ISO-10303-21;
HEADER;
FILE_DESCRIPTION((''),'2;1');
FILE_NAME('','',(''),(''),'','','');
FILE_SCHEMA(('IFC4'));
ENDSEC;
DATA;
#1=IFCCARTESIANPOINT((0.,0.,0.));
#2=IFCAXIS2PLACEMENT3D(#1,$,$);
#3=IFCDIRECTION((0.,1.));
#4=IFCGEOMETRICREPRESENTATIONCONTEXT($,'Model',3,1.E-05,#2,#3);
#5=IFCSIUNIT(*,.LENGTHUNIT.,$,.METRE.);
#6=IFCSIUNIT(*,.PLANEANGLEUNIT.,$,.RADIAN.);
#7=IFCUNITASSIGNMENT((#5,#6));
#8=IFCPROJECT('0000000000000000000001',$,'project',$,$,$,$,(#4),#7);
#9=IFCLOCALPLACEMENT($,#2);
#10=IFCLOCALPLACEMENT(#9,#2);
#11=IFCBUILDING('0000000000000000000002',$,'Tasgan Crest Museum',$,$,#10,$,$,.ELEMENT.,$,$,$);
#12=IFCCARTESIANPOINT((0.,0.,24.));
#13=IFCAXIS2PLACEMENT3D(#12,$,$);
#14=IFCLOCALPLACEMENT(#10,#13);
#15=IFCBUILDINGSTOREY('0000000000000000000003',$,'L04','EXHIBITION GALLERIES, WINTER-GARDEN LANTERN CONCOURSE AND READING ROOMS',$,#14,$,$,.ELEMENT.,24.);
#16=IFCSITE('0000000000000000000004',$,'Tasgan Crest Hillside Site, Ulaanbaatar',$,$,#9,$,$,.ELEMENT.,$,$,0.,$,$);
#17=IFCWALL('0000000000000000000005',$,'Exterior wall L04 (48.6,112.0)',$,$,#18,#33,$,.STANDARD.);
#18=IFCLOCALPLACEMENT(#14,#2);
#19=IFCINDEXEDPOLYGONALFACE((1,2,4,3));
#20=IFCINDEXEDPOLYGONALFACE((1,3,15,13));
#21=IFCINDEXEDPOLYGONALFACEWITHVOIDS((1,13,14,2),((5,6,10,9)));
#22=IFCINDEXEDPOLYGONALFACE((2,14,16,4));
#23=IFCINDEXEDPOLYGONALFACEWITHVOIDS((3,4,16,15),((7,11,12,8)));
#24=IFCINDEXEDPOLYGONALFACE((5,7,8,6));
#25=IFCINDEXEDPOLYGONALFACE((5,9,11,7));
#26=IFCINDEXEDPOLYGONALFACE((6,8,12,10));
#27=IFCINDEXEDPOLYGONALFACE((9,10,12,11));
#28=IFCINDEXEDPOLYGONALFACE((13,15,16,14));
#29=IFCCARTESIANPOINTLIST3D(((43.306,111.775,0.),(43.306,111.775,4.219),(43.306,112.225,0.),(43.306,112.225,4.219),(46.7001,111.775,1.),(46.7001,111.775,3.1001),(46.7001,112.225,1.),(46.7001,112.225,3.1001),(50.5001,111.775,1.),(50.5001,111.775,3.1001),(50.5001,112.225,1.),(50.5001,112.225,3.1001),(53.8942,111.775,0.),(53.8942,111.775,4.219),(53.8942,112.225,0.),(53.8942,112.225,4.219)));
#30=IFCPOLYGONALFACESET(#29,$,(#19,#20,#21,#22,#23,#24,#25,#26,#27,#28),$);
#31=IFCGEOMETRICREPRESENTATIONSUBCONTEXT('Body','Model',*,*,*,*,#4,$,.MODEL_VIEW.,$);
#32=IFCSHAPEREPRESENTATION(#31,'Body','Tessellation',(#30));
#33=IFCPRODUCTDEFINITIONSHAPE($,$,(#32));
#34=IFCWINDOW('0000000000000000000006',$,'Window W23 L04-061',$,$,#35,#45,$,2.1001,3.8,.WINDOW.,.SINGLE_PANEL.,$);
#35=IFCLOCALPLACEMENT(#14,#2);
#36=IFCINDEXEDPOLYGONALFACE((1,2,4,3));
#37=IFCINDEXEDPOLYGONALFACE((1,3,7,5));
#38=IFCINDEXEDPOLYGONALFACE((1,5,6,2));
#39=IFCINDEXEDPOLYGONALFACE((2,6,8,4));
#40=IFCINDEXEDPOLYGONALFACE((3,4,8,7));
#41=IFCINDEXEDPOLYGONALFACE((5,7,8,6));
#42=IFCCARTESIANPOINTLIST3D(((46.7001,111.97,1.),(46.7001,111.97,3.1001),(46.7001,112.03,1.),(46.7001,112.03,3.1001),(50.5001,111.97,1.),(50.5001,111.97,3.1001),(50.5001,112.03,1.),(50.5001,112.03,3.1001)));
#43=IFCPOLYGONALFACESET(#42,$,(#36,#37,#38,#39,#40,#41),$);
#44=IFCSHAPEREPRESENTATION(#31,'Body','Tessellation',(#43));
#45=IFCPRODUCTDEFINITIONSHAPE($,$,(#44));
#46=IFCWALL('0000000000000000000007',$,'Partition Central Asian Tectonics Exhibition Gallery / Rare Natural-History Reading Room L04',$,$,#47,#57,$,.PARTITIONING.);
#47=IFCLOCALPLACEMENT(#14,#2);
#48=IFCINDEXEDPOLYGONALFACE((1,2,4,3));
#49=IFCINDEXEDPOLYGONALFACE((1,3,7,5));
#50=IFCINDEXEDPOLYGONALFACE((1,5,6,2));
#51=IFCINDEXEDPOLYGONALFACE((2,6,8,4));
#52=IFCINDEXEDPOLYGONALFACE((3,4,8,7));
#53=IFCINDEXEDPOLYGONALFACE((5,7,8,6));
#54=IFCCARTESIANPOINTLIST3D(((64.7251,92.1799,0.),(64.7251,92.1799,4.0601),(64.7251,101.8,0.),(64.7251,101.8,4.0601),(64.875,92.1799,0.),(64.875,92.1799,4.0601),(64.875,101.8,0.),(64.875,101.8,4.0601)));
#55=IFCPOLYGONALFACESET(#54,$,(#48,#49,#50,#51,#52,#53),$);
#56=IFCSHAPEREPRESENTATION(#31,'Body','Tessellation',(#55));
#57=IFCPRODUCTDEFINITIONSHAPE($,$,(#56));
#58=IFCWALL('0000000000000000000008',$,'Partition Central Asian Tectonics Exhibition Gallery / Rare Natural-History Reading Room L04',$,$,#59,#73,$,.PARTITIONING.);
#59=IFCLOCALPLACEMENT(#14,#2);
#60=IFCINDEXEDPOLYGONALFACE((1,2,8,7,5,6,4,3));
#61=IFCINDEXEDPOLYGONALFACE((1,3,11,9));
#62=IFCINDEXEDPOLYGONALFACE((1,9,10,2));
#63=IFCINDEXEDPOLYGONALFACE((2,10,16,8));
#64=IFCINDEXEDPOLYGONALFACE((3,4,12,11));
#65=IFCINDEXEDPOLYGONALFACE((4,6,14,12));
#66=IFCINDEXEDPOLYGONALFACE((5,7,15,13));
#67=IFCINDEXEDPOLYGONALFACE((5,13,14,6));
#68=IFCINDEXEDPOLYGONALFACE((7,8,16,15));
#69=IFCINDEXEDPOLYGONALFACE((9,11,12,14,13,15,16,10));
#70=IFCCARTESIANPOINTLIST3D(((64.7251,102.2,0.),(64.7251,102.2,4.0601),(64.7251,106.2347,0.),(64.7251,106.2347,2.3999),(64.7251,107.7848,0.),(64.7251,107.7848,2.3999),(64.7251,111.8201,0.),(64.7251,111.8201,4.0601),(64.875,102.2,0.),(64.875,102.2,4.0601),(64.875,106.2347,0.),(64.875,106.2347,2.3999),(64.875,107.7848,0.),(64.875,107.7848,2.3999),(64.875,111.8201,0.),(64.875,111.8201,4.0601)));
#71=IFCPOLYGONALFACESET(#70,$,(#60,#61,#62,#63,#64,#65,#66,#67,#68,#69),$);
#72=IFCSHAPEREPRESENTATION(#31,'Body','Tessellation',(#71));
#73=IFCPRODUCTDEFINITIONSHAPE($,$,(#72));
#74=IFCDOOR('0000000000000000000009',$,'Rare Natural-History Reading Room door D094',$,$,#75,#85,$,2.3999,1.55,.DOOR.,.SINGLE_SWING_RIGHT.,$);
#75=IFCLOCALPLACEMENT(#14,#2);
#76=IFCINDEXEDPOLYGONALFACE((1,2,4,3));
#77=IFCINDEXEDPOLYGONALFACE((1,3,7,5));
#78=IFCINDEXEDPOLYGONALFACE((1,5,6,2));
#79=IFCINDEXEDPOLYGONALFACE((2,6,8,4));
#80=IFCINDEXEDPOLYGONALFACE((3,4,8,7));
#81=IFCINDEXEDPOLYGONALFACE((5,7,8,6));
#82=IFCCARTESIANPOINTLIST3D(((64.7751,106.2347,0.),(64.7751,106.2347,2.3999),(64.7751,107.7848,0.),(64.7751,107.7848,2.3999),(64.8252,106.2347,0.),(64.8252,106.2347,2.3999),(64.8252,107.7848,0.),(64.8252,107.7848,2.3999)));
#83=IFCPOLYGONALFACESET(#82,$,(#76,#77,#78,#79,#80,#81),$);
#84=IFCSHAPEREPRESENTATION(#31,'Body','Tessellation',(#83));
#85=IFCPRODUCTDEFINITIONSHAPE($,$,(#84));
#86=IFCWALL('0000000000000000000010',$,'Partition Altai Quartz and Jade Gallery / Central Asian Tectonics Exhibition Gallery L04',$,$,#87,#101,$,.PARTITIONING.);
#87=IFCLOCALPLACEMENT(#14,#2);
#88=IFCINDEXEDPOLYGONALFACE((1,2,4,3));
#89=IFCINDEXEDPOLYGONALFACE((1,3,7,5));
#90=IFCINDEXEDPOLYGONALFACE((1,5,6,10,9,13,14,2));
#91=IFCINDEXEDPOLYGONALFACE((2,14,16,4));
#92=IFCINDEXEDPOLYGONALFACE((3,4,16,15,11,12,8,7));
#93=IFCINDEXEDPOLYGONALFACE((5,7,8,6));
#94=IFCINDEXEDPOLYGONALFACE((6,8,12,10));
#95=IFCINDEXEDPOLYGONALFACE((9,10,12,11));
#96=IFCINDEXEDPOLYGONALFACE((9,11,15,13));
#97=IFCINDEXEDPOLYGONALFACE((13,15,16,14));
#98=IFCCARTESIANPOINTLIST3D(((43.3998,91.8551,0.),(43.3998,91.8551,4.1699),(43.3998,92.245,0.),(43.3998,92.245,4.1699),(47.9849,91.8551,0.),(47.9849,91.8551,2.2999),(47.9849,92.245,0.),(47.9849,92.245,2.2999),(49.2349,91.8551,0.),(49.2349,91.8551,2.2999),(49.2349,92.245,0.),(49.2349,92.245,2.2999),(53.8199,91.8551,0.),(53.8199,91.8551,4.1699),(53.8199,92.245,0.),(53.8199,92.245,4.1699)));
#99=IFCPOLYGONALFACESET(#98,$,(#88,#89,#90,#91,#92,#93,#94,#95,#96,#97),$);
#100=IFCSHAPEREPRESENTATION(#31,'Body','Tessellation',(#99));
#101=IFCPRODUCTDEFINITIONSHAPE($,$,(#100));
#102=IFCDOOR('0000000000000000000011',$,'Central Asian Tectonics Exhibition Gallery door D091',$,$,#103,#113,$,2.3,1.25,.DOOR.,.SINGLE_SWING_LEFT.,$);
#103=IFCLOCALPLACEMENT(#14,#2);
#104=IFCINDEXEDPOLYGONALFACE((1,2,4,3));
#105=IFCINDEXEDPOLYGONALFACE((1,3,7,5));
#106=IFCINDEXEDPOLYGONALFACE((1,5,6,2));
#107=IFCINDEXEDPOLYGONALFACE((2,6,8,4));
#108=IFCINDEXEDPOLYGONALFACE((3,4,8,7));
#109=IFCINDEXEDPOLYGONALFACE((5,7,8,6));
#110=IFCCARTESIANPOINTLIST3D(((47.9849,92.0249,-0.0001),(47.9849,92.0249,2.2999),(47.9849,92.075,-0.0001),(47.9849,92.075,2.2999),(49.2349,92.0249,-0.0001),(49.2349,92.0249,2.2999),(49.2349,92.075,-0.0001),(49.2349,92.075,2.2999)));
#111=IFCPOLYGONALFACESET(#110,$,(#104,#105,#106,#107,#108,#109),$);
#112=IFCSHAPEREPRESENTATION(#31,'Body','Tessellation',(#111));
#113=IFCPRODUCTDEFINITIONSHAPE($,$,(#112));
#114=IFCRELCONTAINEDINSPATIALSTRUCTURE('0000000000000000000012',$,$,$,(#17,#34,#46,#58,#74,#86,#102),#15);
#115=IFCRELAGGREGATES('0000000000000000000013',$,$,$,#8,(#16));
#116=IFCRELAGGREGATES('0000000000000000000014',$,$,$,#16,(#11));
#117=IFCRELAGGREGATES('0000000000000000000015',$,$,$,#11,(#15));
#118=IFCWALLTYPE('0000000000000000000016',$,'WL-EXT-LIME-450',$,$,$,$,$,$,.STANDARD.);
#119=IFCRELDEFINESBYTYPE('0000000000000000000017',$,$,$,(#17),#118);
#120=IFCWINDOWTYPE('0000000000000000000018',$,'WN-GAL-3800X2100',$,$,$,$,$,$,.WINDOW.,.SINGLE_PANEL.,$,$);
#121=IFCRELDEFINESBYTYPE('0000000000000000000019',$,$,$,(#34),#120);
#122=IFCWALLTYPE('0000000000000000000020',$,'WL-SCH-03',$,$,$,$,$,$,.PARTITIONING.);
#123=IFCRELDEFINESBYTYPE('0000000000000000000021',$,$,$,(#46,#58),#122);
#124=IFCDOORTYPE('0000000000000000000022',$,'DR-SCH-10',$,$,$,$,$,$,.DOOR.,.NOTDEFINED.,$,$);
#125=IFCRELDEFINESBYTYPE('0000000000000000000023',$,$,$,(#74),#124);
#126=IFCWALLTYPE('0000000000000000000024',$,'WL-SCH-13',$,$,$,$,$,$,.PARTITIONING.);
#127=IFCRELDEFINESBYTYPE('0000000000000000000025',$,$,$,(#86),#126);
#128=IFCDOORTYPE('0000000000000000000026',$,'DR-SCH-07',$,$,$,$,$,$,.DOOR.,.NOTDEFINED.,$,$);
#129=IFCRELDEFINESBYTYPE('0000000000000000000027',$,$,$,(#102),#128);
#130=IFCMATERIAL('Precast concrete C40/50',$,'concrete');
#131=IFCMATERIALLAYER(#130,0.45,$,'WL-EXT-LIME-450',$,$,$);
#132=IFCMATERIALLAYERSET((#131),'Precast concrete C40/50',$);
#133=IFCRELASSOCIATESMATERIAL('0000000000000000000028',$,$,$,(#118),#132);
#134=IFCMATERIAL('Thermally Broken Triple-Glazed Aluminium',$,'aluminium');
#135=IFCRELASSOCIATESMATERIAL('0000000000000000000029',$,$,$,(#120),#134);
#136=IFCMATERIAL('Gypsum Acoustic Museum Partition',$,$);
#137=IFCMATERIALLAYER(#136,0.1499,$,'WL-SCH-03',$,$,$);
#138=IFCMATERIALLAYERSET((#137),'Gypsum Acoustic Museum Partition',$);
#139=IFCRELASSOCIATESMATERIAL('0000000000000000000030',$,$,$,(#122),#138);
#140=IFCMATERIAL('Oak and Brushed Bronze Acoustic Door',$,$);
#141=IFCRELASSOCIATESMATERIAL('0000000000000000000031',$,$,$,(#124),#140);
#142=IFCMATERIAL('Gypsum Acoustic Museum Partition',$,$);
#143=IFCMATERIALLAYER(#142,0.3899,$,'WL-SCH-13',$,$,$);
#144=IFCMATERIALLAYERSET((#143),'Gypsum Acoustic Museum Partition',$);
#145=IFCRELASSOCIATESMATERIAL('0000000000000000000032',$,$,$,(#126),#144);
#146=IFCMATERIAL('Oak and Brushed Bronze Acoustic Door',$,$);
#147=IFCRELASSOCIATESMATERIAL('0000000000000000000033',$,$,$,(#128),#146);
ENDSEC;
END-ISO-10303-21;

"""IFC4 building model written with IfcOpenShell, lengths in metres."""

from ifc_helpers import new_model, si_unit, direction, frame, frame_2d, origin, place, context, subcontext, project, spatial, rectangle, extrude, material, layer, layer_set, type_object, element, fill, save


model = new_model("IFC4")

# Units and contexts
model_context = context("Model", 3, precision=1e-05, world=origin(), true_north=direction((0.0, 1.0)))
body_context = subcontext(model_context, "Body", "Model", "MODEL_VIEW")
ifc_project = project(units=[si_unit("LENGTHUNIT", "METRE"), si_unit("PLANEANGLEUNIT", "RADIAN")], contexts=[model_context])

# Site, building, storey
site_placement = place(None, origin())
site = spatial("IfcSite", under=ifc_project, at=site_placement, Name="Tasgan Crest Hillside Site, Ulaanbaatar", CompositionType="ELEMENT", RefElevation=0.0)
building_placement = place(site_placement, origin())
building = spatial("IfcBuilding", under=site, at=building_placement, Name="Tasgan Crest Museum", CompositionType="ELEMENT")
storey_placement = place(building_placement, frame((0.0, 0.0, 24.0)))
storey = spatial("IfcBuildingStorey", under=building, at=storey_placement, Name="L04", Description="EXHIBITION GALLERIES, WINTER-GARDEN LANTERN CONCOURSE AND READING ROOMS", CompositionType="ELEMENT", Elevation=24.0)

# Wall, opening, window
ifc_material_1 = material(Name="Precast concrete C40/50", Category="concrete")
ifc_layer_1 = layer(ifc_material_1, 0.45, Name="WL-EXT-LIME-450")
ifc_layer_set_1 = layer_set([ifc_layer_1], Name="Precast concrete C40/50")
wall_type_1 = type_object("IfcWallType", Name="WL-EXT-LIME-450", PredefinedType="STANDARD", material=ifc_layer_set_1)
wall_1_placement = place(storey_placement, frame((53.894, 112.0, 0.0), z_axis=(0.0, 0.0, 1.0), x_axis=(-1.0, 0.0, 0.0)))
wall_1 = element("IfcWall", 1, at=wall_1_placement, inside=storey, type_object=wall_type_1, Name="Exterior wall L04 (48.6,112.0)", PredefinedType="STANDARD", context=body_context, shape_type="SweptSolid", body=[
    extrude(rectangle(XDim=10.5881, YDim=0.45, at=frame_2d((5.2939, 0.0))), origin(), (0.0, 0.0, 1.0), 4.219),
])
opening_1_placement = place(wall_1_placement, frame((3.394, 0.0, 1.0)))
opening_1 = element("IfcOpeningElement", 2, at=opening_1_placement, cuts=wall_1, PredefinedType="OPENING", context=body_context, shape_type="SweptSolid", body=[
    extrude(rectangle(XDim=3.8, YDim=2.1001, at=frame_2d((1.8999, 1.05))), frame((0.0, 0.2349, 0.0), z_axis=(0.0, -1.0, 0.0), x_axis=(1.0, 0.0, 0.0)), (0.0, 0.0, 1.0), 0.47),
])
ifc_material_2 = material(Name="Thermally Broken Triple-Glazed Aluminium", Category="aluminium")
window_type = type_object("IfcWindowType", Name="WN-GAL-3800X2100", PartitioningType="SINGLE_PANEL", PredefinedType="WINDOW", material=ifc_material_2)
window_placement = place(opening_1_placement, origin())
window = element("IfcWindow", 3, at=window_placement, inside=storey, type_object=window_type, Name="Window W23 L04-061", OverallHeight=2.1001, OverallWidth=3.8, PartitioningType="SINGLE_PANEL", PredefinedType="WINDOW", context=body_context, shape_type="SweptSolid", body=[
    extrude(rectangle(XDim=3.8, YDim=2.1001, at=frame_2d((1.8999, 1.05))), frame((0.0, 0.03, 0.0), z_axis=(0.0, -1.0, 0.0), x_axis=(1.0, 0.0, 0.0)), (0.0, 0.0, 1.0), 0.0601),
])
fill(opening_1, window)

# Wall
ifc_material_3 = material(Name="Gypsum Acoustic Museum Partition")
ifc_layer_2 = layer(ifc_material_3, 0.1499, Name="WL-SCH-03")
ifc_layer_set_2 = layer_set([ifc_layer_2], Name="Gypsum Acoustic Museum Partition")
wall_type_2 = type_object("IfcWallType", Name="WL-SCH-03", PredefinedType="PARTITIONING", material=ifc_layer_set_2)
wall_2_placement = place(storey_placement, frame((64.8, 92.1799, 0.0), z_axis=(0.0, 0.0, 1.0), x_axis=(0.0, 1.0, 0.0)))
element("IfcWall", 4, at=wall_2_placement, inside=storey, type_object=wall_type_2, Name="Partition Central Asian Tectonics Exhibition Gallery / Rare Natural-History Reading Room L04", PredefinedType="PARTITIONING", context=body_context, shape_type="SweptSolid", body=[
    extrude(rectangle(XDim=9.6201, YDim=0.1499, at=frame_2d((4.8101, 0.0))), origin(), (0.0, 0.0, 1.0), 4.0601),
])

# Walls, openings, doors
wall_3_placement = place(storey_placement, frame((64.8, 102.2, 0.0), z_axis=(0.0, 0.0, 1.0), x_axis=(0.0, 1.0, 0.0)))
wall_3 = element("IfcWall", 5, at=wall_3_placement, inside=storey, type_object=wall_type_2, Name="Partition Central Asian Tectonics Exhibition Gallery / Rare Natural-History Reading Room L04", PredefinedType="PARTITIONING", context=body_context, shape_type="SweptSolid", body=[
    extrude(rectangle(XDim=9.6201, YDim=0.1499, at=frame_2d((4.8101, 0.0))), origin(), (0.0, 0.0, 1.0), 4.0601),
])
opening_2_placement = place(wall_3_placement, frame((4.0349, 0.0, 0.0)))
opening_2 = element("IfcOpeningElement", 6, at=opening_2_placement, cuts=wall_3, PredefinedType="OPENING", context=body_context, shape_type="SweptSolid", body=[
    extrude(rectangle(XDim=1.55, YDim=2.3999, at=frame_2d((0.7749, 1.2))), frame((0.0, 0.085, 0.0), z_axis=(0.0, -1.0, 0.0), x_axis=(1.0, 0.0, 0.0)), (0.0, 0.0, 1.0), 0.1699),
])
ifc_material_4 = material(Name="Oak and Brushed Bronze Acoustic Door")
door_type_1 = type_object("IfcDoorType", Name="DR-SCH-10", OperationType="NOTDEFINED", PredefinedType="DOOR", material=ifc_material_4)
door_1_placement = place(opening_2_placement, origin())
door_1 = element("IfcDoor", 7, at=door_1_placement, inside=storey, type_object=door_type_1, Name="Rare Natural-History Reading Room door D094", OperationType="SINGLE_SWING_RIGHT", OverallHeight=2.3999, OverallWidth=1.55, PredefinedType="DOOR", context=body_context, shape_type="SweptSolid", body=[
    extrude(rectangle(XDim=1.55, YDim=2.3999, at=frame_2d((0.7749, 1.2))), frame((0.0, 0.0249, 0.0), z_axis=(0.0, -1.0, 0.0), x_axis=(1.0, 0.0, 0.0)), (0.0, 0.0, 1.0), 0.05),
])
fill(opening_2, door_1)
ifc_material_5 = material(Name="Gypsum Acoustic Museum Partition")
ifc_layer_3 = layer(ifc_material_5, 0.3899, Name="WL-SCH-13")
ifc_layer_set_3 = layer_set([ifc_layer_3], Name="Gypsum Acoustic Museum Partition")
wall_type_3 = type_object("IfcWallType", Name="WL-SCH-13", PredefinedType="PARTITIONING", material=ifc_layer_set_3)
wall_4_placement = place(storey_placement, frame((43.3999, 92.05, 0.0), z_axis=(0.0, 0.0, 1.0), x_axis=(1.0, 0.0, 0.0)))
wall_4 = element("IfcWall", 8, at=wall_4_placement, inside=storey, type_object=wall_type_3, Name="Partition Altai Quartz and Jade Gallery / Central Asian Tectonics Exhibition Gallery L04", PredefinedType="PARTITIONING", context=body_context, shape_type="SweptSolid", body=[
    extrude(rectangle(XDim=10.4202, YDim=0.3899, at=frame_2d((5.21, 0.0))), origin(), (0.0, 0.0, 1.0), 4.1699),
])
opening_3_placement = place(wall_4_placement, frame((4.585, 0.0, 0.0)))
opening_3 = element("IfcOpeningElement", 9, at=opening_3_placement, cuts=wall_4, PredefinedType="OPENING", context=body_context, shape_type="SweptSolid", body=[
    extrude(rectangle(XDim=1.25, YDim=2.3, at=frame_2d((0.625, 1.1499))), frame((0.0, 0.2048, 0.0), z_axis=(0.0, -1.0, 0.0), x_axis=(1.0, 0.0, 0.0)), (0.0, 0.0, 1.0), 0.4099),
])
ifc_material_6 = material(Name="Oak and Brushed Bronze Acoustic Door")
door_type_2 = type_object("IfcDoorType", Name="DR-SCH-07", OperationType="NOTDEFINED", PredefinedType="DOOR", material=ifc_material_6)
door_2_placement = place(opening_3_placement, origin())
door_2 = element("IfcDoor", 10, at=door_2_placement, inside=storey, type_object=door_type_2, Name="Central Asian Tectonics Exhibition Gallery door D091", OperationType="SINGLE_SWING_LEFT", OverallHeight=2.3, OverallWidth=1.25, PredefinedType="DOOR", context=body_context, shape_type="SweptSolid", body=[
    extrude(rectangle(XDim=1.25, YDim=2.3, at=frame_2d((0.625, 1.1499))), frame((0.0, 0.0249, 0.0), z_axis=(0.0, -1.0, 0.0), x_axis=(1.0, 0.0, 0.0)), (0.0, 0.0, 1.0), 0.05),
])
fill(opening_3, door_2)

save(model, "model.ifc")
